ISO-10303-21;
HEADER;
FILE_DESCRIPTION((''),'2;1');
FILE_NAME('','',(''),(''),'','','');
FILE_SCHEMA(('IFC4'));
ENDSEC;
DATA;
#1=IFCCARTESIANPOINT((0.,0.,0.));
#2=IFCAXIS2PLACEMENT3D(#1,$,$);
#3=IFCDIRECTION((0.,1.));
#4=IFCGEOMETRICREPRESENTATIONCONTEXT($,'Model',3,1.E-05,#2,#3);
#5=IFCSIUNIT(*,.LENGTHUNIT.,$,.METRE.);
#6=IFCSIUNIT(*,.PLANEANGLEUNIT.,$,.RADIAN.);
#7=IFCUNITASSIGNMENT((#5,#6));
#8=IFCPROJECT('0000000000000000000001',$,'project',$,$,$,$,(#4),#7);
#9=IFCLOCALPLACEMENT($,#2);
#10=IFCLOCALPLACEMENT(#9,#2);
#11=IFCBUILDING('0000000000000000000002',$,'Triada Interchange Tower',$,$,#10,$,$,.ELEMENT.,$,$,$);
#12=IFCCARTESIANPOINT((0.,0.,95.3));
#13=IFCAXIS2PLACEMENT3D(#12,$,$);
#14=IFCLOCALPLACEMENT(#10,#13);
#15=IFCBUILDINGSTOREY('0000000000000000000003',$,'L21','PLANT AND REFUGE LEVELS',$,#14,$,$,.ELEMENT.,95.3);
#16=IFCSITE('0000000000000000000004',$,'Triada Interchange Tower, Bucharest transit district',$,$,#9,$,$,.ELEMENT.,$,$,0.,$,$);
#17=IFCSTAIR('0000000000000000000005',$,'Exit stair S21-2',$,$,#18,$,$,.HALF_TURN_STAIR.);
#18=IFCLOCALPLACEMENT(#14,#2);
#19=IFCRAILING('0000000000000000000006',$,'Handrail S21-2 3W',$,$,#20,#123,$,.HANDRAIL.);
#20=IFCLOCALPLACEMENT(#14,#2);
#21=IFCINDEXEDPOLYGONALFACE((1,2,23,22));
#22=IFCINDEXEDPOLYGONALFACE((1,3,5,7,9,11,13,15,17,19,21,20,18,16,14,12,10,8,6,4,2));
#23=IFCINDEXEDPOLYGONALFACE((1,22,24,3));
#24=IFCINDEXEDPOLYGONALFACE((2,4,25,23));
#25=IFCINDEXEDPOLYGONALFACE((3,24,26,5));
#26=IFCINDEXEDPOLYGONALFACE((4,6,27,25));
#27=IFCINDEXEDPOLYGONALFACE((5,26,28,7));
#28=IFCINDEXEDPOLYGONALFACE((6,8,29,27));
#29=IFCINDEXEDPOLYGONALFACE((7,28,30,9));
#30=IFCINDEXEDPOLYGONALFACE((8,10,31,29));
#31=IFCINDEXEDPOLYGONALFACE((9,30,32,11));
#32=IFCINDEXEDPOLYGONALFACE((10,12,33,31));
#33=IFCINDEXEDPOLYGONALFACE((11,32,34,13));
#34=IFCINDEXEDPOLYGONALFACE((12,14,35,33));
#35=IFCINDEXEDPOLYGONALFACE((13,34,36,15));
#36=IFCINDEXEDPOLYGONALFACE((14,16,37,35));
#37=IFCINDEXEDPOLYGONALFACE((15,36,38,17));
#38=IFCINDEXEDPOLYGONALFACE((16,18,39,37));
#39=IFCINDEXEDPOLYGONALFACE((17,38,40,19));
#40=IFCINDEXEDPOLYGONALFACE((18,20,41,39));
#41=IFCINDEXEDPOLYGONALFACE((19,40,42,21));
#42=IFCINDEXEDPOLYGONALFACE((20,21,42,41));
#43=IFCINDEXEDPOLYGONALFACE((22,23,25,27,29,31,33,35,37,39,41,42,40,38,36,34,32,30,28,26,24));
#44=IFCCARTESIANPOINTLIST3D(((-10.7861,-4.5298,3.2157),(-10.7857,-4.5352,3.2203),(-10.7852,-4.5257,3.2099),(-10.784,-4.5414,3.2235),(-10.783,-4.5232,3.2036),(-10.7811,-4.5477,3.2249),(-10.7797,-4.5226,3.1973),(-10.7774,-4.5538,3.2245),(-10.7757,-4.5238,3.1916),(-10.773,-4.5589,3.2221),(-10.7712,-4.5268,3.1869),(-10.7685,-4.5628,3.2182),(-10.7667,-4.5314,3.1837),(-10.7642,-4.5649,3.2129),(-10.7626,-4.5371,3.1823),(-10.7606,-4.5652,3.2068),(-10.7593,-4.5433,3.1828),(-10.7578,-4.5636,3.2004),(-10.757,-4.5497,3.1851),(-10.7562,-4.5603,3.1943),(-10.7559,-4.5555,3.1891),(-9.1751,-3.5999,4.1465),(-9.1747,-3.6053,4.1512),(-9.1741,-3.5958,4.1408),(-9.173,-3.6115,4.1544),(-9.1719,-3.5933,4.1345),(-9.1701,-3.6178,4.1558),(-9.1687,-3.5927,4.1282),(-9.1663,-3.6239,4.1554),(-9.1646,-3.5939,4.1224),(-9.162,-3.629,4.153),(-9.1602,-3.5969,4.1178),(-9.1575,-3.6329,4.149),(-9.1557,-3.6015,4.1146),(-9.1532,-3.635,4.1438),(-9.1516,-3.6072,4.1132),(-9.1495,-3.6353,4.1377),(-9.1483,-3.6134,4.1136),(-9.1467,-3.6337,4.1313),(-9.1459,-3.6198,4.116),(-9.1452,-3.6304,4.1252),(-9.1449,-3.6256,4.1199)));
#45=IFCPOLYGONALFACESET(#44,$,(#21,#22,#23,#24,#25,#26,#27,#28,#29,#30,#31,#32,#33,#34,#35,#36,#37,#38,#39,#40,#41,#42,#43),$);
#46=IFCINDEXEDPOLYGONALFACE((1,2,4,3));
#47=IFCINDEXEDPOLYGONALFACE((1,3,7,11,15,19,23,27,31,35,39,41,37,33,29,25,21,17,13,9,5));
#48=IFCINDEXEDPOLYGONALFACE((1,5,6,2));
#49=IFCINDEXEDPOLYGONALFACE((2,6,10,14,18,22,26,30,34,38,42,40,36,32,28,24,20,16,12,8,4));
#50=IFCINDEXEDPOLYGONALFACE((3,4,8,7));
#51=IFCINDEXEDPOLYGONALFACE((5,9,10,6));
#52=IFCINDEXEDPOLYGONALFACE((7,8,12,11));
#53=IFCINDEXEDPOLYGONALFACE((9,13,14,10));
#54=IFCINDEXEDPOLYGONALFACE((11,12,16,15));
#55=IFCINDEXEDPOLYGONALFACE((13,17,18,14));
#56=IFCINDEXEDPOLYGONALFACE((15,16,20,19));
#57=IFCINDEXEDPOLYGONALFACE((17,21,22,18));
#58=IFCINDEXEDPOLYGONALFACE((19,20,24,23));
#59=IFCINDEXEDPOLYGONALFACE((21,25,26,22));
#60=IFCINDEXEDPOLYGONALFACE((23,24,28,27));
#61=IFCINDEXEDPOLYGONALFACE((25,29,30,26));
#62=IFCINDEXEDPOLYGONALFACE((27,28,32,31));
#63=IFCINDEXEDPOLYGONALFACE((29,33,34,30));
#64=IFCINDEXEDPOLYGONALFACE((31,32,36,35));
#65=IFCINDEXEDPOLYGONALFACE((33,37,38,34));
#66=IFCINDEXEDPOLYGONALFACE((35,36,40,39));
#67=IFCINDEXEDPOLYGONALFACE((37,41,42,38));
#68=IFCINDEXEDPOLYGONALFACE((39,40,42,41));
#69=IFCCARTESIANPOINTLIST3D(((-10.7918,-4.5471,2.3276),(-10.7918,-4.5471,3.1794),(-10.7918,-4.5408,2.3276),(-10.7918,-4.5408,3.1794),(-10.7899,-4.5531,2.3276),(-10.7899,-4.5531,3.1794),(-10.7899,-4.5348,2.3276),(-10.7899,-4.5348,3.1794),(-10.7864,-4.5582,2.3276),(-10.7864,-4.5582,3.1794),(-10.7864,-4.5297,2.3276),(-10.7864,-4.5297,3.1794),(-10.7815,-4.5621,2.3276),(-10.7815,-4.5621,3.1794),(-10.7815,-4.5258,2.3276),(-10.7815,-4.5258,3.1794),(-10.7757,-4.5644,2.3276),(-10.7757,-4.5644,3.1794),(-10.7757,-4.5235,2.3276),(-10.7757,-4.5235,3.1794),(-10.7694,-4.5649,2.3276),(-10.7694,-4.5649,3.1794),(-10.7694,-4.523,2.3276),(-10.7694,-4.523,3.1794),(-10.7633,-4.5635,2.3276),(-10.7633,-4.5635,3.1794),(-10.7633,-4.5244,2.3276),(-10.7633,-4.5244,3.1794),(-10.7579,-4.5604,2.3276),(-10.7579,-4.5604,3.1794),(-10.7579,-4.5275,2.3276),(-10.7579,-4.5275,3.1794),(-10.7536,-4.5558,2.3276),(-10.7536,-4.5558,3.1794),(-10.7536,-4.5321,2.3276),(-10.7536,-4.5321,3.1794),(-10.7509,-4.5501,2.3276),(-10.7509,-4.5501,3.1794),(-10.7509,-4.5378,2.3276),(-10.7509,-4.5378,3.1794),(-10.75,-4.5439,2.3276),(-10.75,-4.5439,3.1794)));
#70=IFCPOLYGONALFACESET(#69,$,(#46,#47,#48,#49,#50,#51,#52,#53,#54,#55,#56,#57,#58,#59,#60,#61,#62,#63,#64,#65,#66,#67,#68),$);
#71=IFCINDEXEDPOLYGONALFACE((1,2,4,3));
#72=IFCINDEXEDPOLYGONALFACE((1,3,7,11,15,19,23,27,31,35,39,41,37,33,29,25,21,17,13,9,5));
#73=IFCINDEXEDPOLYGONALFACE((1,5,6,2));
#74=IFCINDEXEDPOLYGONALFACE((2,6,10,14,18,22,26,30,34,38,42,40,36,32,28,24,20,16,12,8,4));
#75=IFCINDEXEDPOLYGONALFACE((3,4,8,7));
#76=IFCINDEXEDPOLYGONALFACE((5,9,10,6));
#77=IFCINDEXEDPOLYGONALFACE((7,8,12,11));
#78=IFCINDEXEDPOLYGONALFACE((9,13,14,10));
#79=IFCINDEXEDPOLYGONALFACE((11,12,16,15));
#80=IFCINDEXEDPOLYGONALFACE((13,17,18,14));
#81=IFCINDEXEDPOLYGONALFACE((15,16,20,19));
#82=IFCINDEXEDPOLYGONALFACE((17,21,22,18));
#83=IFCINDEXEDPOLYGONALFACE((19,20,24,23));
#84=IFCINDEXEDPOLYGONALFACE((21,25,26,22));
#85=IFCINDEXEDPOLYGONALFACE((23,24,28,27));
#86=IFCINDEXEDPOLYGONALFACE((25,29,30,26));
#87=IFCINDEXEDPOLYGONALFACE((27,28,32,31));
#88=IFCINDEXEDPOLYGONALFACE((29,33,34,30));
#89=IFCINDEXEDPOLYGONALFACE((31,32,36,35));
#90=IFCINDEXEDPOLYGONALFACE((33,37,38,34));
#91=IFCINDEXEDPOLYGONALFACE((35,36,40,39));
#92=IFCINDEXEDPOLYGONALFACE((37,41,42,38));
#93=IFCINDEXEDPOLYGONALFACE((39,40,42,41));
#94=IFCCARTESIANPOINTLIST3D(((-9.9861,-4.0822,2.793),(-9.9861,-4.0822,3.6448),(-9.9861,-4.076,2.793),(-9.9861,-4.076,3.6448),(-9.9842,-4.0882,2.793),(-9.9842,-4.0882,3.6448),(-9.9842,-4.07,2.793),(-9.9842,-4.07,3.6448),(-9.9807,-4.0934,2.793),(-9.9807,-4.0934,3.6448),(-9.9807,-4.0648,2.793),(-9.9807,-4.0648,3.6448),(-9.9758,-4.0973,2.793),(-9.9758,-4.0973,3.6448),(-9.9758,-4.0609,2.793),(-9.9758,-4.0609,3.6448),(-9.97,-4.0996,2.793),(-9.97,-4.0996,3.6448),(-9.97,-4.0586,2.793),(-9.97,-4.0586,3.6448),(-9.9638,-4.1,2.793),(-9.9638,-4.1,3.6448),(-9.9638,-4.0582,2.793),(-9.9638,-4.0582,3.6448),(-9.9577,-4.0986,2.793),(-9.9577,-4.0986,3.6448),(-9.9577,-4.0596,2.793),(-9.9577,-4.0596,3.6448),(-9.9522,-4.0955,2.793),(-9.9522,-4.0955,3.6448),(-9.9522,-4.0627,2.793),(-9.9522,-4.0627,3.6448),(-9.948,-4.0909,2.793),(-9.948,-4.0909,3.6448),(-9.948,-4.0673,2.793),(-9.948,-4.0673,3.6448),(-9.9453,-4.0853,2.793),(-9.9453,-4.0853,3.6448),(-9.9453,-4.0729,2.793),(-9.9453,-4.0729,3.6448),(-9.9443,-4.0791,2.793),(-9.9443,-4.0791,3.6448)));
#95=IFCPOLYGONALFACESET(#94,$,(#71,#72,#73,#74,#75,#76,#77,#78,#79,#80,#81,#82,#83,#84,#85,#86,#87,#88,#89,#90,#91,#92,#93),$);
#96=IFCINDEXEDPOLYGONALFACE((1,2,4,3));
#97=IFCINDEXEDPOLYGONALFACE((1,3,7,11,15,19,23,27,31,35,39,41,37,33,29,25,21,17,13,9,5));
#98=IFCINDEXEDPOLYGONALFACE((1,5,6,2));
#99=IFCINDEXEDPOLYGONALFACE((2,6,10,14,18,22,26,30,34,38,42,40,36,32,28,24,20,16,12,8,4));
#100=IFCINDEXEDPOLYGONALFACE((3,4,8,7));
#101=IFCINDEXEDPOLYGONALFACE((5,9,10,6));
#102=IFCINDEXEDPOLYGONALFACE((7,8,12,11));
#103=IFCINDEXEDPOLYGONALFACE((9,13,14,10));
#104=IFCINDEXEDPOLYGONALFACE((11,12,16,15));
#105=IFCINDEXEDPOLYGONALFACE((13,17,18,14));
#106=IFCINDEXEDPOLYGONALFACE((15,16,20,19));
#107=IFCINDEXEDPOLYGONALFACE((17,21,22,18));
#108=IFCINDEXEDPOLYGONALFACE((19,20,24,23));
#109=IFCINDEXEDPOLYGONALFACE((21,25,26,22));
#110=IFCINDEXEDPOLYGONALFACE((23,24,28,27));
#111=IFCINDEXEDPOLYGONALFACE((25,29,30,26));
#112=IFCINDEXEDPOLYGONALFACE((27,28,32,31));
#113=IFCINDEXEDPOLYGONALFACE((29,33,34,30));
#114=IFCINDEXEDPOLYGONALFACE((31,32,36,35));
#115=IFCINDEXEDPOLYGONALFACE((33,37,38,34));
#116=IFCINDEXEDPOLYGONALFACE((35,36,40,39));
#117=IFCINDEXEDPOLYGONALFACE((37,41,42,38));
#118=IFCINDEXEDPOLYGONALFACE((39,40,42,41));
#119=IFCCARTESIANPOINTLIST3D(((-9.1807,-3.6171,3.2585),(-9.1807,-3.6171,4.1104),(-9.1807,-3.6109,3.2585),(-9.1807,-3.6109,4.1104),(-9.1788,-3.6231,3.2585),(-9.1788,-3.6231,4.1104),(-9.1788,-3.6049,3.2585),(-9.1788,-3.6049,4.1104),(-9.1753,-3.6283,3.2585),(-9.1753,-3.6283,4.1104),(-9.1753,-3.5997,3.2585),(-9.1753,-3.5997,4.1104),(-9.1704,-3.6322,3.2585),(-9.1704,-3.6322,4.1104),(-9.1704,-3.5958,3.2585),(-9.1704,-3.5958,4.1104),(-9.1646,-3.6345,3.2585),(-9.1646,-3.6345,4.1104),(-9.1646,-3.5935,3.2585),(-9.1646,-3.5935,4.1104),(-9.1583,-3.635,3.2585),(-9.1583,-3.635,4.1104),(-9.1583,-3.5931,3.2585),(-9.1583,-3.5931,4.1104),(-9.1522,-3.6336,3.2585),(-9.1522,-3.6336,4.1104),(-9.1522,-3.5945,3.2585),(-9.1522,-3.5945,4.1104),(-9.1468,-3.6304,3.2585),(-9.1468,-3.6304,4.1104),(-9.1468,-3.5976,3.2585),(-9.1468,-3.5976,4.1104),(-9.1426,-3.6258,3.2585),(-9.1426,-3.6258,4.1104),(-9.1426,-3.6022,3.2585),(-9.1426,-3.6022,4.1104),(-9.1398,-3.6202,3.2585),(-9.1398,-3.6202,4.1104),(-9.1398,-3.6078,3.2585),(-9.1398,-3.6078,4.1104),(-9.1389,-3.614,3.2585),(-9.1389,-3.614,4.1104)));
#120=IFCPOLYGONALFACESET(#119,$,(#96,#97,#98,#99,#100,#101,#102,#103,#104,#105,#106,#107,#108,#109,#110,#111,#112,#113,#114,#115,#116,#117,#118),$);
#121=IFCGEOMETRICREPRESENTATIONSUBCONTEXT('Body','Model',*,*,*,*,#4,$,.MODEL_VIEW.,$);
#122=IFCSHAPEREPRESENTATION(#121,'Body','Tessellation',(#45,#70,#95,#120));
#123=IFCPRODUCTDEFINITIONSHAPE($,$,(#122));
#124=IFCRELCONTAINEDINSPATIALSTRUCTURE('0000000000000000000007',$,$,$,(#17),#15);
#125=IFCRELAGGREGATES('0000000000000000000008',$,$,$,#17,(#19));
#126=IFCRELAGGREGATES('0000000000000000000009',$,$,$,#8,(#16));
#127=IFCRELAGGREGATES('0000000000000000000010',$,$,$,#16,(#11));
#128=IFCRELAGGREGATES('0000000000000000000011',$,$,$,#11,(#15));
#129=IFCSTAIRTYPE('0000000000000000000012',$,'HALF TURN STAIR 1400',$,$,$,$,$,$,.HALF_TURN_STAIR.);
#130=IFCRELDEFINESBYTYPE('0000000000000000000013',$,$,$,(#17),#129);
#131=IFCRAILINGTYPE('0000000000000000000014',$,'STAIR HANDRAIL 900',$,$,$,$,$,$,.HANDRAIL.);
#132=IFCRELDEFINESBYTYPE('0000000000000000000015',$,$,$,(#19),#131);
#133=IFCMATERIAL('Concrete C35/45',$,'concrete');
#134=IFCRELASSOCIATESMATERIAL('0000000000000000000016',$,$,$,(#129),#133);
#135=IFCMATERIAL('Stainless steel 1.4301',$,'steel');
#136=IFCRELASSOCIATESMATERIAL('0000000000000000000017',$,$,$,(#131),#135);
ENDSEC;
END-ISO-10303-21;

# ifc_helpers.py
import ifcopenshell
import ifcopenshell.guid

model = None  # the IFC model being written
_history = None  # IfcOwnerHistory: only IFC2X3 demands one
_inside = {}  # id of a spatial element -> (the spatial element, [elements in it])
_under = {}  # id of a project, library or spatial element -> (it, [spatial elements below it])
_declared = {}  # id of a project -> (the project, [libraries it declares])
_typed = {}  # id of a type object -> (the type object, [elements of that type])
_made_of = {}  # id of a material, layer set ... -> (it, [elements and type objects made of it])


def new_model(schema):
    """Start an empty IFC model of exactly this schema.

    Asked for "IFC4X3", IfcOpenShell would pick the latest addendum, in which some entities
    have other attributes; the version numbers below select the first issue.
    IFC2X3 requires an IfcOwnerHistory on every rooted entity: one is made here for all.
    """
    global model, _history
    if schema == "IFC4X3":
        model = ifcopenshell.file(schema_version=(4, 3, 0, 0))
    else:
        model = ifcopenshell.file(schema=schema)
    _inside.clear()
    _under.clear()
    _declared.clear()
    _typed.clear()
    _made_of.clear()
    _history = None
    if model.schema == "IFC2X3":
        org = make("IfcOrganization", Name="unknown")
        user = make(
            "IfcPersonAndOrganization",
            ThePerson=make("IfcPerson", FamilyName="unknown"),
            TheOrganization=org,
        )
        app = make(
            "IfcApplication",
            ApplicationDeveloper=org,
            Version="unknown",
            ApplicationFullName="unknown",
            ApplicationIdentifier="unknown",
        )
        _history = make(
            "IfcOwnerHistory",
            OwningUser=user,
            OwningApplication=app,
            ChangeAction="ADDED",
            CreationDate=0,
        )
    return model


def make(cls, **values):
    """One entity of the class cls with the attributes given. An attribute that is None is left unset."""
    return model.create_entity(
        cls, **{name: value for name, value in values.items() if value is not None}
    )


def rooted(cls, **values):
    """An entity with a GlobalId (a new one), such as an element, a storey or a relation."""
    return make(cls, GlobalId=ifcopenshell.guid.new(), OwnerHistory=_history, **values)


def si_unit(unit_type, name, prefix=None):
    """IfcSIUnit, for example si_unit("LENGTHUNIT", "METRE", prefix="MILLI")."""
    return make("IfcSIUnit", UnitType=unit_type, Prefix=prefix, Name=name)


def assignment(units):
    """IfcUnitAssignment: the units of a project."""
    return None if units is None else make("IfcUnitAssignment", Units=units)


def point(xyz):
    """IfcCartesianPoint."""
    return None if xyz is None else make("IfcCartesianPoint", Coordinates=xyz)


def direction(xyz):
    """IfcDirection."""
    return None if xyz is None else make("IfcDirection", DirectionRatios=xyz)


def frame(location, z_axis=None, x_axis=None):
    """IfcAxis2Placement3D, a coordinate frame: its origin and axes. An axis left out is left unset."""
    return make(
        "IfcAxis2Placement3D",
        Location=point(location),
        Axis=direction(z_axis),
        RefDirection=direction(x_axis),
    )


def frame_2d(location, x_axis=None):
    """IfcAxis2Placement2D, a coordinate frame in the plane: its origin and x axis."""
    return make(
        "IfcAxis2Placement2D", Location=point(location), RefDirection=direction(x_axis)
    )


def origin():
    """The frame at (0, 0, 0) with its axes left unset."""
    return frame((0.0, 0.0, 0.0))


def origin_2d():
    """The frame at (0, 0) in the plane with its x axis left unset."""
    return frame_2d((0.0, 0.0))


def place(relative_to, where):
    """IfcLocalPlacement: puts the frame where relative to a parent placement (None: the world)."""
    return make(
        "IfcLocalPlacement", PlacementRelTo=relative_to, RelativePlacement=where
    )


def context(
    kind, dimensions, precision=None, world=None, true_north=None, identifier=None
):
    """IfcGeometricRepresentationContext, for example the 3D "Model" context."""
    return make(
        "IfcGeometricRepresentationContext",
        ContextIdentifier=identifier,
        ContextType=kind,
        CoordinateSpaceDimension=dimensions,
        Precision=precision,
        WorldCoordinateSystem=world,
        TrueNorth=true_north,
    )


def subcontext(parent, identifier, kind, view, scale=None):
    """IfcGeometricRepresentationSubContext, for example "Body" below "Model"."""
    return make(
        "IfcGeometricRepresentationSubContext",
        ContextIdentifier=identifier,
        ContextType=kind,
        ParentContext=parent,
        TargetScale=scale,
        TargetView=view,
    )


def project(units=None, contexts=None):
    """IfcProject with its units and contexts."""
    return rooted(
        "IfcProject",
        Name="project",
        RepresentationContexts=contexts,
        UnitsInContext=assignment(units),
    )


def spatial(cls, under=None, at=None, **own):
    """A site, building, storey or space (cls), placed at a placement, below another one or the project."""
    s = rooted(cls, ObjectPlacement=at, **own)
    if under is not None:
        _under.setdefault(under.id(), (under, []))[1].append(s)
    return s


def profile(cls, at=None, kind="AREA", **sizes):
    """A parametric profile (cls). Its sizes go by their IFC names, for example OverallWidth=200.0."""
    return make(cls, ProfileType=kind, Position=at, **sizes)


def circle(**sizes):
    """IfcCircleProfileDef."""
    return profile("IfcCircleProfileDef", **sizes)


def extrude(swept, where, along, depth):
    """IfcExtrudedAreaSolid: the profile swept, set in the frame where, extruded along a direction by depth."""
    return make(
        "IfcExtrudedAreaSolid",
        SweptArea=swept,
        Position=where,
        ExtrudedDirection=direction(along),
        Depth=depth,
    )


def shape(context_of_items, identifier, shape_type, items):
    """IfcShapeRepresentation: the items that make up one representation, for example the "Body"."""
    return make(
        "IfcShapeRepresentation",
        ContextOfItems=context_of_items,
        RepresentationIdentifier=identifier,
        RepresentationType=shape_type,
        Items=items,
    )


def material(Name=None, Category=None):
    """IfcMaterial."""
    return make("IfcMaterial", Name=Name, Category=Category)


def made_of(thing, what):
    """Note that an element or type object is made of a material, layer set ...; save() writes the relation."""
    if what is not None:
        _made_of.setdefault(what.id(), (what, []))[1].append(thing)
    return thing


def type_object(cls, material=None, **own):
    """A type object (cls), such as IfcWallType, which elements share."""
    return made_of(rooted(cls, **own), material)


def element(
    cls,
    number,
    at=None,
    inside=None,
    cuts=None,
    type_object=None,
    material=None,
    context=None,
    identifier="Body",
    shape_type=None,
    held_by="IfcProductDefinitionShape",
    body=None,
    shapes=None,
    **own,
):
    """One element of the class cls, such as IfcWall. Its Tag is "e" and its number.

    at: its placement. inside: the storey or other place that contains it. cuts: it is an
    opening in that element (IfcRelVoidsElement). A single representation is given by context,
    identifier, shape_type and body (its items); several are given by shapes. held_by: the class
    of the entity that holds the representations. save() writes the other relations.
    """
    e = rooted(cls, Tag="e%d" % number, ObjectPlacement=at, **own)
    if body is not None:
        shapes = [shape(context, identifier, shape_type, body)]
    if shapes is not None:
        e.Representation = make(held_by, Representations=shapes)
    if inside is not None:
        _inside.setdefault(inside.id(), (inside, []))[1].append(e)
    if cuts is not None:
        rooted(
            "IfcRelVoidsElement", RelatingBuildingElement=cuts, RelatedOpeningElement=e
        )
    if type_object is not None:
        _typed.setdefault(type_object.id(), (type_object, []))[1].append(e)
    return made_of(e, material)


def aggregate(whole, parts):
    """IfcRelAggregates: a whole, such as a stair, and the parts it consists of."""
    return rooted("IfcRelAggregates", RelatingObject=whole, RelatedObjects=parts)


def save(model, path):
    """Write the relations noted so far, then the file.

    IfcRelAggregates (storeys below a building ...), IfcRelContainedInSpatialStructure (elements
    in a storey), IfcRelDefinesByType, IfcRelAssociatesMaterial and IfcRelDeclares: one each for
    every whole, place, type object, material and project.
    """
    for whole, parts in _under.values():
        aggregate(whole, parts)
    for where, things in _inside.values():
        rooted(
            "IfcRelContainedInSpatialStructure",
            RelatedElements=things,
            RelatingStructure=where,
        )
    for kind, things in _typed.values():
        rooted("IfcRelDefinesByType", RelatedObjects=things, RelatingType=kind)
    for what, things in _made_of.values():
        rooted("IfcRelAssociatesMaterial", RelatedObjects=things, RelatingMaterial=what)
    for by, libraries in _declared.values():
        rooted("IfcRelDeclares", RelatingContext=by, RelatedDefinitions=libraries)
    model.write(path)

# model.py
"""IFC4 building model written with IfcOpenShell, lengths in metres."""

from ifc_helpers import new_model, si_unit, direction, frame, origin, origin_2d, place, context, subcontext, project, spatial, circle, extrude, material, type_object, element, aggregate, save


model = new_model("IFC4")

# Units and contexts
model_context = context("Model", 3, precision=1e-05, world=origin(), true_north=direction((0.0, 1.0)))
body_context = subcontext(model_context, "Body", "Model", "MODEL_VIEW")
ifc_project = project(units=[si_unit("LENGTHUNIT", "METRE"), si_unit("PLANEANGLEUNIT", "RADIAN")], contexts=[model_context])

# Site, building, storey
site_placement = place(None, origin())
site = spatial("IfcSite", under=ifc_project, at=site_placement, Name="Triada Interchange Tower, Bucharest transit district", CompositionType="ELEMENT", RefElevation=0.0)
building_placement = place(site_placement, origin())
building = spatial("IfcBuilding", under=site, at=building_placement, Name="Triada Interchange Tower", CompositionType="ELEMENT")
storey_placement = place(building_placement, frame((0.0, 0.0, 95.3)))
storey = spatial("IfcBuildingStorey", under=building, at=storey_placement, Name="L21", Description="PLANT AND REFUGE LEVELS", CompositionType="ELEMENT", Elevation=95.3)

# Shared definitions
ifc_material_1 = material(Name="Concrete C35/45", Category="concrete")

# Stair, railing
stair_type = type_object("IfcStairType", Name="HALF TURN STAIR 1400", PredefinedType="HALF_TURN_STAIR", material=ifc_material_1)
stair_placement = place(storey_placement, origin())
stair = element("IfcStair", 1, at=stair_placement, inside=storey, type_object=stair_type, Name="Exit stair S21-2", PredefinedType="HALF_TURN_STAIR")
ifc_material_2 = material(Name="Stainless steel 1.4301", Category="steel")
railing_type_1 = type_object("IfcRailingType", Name="STAIR HANDRAIL 900", PredefinedType="HANDRAIL", material=ifc_material_2)
railing_1_placement = place(storey_placement, frame((-10.771, -4.5439, 2.3276)))
railing_1 = element("IfcRailing", 2, at=railing_1_placement, type_object=railing_type_1, Name="Handrail S21-2 3W", PredefinedType="HANDRAIL", context=body_context, shape_type="SweptSolid", body=[
    extrude(circle(Radius=0.0239, at=origin_2d()), frame((0.0, 0.0, 0.876), z_axis=(0.77451, 0.447054, 0.447523), x_axis=(-0.499908, 0.866079, 0.0)), (0.0, 0.0, 1.0), 2.0801),
    extrude(circle(Radius=0.021, at=origin_2d()), origin(), (0.0, 0.0, 1.0), 0.8518),
    extrude(circle(Radius=0.021, at=origin_2d()), frame((0.8057, 0.4648, 0.4653)), (0.0, 0.0, 1.0), 0.8518),
    extrude(circle(Radius=0.021, at=origin_2d()), frame((1.6111, 0.9299, 0.9309)), (0.0, 0.0, 1.0), 0.8518),
])
aggregate(stair, [railing_1])

save(model, "model.ifc")
